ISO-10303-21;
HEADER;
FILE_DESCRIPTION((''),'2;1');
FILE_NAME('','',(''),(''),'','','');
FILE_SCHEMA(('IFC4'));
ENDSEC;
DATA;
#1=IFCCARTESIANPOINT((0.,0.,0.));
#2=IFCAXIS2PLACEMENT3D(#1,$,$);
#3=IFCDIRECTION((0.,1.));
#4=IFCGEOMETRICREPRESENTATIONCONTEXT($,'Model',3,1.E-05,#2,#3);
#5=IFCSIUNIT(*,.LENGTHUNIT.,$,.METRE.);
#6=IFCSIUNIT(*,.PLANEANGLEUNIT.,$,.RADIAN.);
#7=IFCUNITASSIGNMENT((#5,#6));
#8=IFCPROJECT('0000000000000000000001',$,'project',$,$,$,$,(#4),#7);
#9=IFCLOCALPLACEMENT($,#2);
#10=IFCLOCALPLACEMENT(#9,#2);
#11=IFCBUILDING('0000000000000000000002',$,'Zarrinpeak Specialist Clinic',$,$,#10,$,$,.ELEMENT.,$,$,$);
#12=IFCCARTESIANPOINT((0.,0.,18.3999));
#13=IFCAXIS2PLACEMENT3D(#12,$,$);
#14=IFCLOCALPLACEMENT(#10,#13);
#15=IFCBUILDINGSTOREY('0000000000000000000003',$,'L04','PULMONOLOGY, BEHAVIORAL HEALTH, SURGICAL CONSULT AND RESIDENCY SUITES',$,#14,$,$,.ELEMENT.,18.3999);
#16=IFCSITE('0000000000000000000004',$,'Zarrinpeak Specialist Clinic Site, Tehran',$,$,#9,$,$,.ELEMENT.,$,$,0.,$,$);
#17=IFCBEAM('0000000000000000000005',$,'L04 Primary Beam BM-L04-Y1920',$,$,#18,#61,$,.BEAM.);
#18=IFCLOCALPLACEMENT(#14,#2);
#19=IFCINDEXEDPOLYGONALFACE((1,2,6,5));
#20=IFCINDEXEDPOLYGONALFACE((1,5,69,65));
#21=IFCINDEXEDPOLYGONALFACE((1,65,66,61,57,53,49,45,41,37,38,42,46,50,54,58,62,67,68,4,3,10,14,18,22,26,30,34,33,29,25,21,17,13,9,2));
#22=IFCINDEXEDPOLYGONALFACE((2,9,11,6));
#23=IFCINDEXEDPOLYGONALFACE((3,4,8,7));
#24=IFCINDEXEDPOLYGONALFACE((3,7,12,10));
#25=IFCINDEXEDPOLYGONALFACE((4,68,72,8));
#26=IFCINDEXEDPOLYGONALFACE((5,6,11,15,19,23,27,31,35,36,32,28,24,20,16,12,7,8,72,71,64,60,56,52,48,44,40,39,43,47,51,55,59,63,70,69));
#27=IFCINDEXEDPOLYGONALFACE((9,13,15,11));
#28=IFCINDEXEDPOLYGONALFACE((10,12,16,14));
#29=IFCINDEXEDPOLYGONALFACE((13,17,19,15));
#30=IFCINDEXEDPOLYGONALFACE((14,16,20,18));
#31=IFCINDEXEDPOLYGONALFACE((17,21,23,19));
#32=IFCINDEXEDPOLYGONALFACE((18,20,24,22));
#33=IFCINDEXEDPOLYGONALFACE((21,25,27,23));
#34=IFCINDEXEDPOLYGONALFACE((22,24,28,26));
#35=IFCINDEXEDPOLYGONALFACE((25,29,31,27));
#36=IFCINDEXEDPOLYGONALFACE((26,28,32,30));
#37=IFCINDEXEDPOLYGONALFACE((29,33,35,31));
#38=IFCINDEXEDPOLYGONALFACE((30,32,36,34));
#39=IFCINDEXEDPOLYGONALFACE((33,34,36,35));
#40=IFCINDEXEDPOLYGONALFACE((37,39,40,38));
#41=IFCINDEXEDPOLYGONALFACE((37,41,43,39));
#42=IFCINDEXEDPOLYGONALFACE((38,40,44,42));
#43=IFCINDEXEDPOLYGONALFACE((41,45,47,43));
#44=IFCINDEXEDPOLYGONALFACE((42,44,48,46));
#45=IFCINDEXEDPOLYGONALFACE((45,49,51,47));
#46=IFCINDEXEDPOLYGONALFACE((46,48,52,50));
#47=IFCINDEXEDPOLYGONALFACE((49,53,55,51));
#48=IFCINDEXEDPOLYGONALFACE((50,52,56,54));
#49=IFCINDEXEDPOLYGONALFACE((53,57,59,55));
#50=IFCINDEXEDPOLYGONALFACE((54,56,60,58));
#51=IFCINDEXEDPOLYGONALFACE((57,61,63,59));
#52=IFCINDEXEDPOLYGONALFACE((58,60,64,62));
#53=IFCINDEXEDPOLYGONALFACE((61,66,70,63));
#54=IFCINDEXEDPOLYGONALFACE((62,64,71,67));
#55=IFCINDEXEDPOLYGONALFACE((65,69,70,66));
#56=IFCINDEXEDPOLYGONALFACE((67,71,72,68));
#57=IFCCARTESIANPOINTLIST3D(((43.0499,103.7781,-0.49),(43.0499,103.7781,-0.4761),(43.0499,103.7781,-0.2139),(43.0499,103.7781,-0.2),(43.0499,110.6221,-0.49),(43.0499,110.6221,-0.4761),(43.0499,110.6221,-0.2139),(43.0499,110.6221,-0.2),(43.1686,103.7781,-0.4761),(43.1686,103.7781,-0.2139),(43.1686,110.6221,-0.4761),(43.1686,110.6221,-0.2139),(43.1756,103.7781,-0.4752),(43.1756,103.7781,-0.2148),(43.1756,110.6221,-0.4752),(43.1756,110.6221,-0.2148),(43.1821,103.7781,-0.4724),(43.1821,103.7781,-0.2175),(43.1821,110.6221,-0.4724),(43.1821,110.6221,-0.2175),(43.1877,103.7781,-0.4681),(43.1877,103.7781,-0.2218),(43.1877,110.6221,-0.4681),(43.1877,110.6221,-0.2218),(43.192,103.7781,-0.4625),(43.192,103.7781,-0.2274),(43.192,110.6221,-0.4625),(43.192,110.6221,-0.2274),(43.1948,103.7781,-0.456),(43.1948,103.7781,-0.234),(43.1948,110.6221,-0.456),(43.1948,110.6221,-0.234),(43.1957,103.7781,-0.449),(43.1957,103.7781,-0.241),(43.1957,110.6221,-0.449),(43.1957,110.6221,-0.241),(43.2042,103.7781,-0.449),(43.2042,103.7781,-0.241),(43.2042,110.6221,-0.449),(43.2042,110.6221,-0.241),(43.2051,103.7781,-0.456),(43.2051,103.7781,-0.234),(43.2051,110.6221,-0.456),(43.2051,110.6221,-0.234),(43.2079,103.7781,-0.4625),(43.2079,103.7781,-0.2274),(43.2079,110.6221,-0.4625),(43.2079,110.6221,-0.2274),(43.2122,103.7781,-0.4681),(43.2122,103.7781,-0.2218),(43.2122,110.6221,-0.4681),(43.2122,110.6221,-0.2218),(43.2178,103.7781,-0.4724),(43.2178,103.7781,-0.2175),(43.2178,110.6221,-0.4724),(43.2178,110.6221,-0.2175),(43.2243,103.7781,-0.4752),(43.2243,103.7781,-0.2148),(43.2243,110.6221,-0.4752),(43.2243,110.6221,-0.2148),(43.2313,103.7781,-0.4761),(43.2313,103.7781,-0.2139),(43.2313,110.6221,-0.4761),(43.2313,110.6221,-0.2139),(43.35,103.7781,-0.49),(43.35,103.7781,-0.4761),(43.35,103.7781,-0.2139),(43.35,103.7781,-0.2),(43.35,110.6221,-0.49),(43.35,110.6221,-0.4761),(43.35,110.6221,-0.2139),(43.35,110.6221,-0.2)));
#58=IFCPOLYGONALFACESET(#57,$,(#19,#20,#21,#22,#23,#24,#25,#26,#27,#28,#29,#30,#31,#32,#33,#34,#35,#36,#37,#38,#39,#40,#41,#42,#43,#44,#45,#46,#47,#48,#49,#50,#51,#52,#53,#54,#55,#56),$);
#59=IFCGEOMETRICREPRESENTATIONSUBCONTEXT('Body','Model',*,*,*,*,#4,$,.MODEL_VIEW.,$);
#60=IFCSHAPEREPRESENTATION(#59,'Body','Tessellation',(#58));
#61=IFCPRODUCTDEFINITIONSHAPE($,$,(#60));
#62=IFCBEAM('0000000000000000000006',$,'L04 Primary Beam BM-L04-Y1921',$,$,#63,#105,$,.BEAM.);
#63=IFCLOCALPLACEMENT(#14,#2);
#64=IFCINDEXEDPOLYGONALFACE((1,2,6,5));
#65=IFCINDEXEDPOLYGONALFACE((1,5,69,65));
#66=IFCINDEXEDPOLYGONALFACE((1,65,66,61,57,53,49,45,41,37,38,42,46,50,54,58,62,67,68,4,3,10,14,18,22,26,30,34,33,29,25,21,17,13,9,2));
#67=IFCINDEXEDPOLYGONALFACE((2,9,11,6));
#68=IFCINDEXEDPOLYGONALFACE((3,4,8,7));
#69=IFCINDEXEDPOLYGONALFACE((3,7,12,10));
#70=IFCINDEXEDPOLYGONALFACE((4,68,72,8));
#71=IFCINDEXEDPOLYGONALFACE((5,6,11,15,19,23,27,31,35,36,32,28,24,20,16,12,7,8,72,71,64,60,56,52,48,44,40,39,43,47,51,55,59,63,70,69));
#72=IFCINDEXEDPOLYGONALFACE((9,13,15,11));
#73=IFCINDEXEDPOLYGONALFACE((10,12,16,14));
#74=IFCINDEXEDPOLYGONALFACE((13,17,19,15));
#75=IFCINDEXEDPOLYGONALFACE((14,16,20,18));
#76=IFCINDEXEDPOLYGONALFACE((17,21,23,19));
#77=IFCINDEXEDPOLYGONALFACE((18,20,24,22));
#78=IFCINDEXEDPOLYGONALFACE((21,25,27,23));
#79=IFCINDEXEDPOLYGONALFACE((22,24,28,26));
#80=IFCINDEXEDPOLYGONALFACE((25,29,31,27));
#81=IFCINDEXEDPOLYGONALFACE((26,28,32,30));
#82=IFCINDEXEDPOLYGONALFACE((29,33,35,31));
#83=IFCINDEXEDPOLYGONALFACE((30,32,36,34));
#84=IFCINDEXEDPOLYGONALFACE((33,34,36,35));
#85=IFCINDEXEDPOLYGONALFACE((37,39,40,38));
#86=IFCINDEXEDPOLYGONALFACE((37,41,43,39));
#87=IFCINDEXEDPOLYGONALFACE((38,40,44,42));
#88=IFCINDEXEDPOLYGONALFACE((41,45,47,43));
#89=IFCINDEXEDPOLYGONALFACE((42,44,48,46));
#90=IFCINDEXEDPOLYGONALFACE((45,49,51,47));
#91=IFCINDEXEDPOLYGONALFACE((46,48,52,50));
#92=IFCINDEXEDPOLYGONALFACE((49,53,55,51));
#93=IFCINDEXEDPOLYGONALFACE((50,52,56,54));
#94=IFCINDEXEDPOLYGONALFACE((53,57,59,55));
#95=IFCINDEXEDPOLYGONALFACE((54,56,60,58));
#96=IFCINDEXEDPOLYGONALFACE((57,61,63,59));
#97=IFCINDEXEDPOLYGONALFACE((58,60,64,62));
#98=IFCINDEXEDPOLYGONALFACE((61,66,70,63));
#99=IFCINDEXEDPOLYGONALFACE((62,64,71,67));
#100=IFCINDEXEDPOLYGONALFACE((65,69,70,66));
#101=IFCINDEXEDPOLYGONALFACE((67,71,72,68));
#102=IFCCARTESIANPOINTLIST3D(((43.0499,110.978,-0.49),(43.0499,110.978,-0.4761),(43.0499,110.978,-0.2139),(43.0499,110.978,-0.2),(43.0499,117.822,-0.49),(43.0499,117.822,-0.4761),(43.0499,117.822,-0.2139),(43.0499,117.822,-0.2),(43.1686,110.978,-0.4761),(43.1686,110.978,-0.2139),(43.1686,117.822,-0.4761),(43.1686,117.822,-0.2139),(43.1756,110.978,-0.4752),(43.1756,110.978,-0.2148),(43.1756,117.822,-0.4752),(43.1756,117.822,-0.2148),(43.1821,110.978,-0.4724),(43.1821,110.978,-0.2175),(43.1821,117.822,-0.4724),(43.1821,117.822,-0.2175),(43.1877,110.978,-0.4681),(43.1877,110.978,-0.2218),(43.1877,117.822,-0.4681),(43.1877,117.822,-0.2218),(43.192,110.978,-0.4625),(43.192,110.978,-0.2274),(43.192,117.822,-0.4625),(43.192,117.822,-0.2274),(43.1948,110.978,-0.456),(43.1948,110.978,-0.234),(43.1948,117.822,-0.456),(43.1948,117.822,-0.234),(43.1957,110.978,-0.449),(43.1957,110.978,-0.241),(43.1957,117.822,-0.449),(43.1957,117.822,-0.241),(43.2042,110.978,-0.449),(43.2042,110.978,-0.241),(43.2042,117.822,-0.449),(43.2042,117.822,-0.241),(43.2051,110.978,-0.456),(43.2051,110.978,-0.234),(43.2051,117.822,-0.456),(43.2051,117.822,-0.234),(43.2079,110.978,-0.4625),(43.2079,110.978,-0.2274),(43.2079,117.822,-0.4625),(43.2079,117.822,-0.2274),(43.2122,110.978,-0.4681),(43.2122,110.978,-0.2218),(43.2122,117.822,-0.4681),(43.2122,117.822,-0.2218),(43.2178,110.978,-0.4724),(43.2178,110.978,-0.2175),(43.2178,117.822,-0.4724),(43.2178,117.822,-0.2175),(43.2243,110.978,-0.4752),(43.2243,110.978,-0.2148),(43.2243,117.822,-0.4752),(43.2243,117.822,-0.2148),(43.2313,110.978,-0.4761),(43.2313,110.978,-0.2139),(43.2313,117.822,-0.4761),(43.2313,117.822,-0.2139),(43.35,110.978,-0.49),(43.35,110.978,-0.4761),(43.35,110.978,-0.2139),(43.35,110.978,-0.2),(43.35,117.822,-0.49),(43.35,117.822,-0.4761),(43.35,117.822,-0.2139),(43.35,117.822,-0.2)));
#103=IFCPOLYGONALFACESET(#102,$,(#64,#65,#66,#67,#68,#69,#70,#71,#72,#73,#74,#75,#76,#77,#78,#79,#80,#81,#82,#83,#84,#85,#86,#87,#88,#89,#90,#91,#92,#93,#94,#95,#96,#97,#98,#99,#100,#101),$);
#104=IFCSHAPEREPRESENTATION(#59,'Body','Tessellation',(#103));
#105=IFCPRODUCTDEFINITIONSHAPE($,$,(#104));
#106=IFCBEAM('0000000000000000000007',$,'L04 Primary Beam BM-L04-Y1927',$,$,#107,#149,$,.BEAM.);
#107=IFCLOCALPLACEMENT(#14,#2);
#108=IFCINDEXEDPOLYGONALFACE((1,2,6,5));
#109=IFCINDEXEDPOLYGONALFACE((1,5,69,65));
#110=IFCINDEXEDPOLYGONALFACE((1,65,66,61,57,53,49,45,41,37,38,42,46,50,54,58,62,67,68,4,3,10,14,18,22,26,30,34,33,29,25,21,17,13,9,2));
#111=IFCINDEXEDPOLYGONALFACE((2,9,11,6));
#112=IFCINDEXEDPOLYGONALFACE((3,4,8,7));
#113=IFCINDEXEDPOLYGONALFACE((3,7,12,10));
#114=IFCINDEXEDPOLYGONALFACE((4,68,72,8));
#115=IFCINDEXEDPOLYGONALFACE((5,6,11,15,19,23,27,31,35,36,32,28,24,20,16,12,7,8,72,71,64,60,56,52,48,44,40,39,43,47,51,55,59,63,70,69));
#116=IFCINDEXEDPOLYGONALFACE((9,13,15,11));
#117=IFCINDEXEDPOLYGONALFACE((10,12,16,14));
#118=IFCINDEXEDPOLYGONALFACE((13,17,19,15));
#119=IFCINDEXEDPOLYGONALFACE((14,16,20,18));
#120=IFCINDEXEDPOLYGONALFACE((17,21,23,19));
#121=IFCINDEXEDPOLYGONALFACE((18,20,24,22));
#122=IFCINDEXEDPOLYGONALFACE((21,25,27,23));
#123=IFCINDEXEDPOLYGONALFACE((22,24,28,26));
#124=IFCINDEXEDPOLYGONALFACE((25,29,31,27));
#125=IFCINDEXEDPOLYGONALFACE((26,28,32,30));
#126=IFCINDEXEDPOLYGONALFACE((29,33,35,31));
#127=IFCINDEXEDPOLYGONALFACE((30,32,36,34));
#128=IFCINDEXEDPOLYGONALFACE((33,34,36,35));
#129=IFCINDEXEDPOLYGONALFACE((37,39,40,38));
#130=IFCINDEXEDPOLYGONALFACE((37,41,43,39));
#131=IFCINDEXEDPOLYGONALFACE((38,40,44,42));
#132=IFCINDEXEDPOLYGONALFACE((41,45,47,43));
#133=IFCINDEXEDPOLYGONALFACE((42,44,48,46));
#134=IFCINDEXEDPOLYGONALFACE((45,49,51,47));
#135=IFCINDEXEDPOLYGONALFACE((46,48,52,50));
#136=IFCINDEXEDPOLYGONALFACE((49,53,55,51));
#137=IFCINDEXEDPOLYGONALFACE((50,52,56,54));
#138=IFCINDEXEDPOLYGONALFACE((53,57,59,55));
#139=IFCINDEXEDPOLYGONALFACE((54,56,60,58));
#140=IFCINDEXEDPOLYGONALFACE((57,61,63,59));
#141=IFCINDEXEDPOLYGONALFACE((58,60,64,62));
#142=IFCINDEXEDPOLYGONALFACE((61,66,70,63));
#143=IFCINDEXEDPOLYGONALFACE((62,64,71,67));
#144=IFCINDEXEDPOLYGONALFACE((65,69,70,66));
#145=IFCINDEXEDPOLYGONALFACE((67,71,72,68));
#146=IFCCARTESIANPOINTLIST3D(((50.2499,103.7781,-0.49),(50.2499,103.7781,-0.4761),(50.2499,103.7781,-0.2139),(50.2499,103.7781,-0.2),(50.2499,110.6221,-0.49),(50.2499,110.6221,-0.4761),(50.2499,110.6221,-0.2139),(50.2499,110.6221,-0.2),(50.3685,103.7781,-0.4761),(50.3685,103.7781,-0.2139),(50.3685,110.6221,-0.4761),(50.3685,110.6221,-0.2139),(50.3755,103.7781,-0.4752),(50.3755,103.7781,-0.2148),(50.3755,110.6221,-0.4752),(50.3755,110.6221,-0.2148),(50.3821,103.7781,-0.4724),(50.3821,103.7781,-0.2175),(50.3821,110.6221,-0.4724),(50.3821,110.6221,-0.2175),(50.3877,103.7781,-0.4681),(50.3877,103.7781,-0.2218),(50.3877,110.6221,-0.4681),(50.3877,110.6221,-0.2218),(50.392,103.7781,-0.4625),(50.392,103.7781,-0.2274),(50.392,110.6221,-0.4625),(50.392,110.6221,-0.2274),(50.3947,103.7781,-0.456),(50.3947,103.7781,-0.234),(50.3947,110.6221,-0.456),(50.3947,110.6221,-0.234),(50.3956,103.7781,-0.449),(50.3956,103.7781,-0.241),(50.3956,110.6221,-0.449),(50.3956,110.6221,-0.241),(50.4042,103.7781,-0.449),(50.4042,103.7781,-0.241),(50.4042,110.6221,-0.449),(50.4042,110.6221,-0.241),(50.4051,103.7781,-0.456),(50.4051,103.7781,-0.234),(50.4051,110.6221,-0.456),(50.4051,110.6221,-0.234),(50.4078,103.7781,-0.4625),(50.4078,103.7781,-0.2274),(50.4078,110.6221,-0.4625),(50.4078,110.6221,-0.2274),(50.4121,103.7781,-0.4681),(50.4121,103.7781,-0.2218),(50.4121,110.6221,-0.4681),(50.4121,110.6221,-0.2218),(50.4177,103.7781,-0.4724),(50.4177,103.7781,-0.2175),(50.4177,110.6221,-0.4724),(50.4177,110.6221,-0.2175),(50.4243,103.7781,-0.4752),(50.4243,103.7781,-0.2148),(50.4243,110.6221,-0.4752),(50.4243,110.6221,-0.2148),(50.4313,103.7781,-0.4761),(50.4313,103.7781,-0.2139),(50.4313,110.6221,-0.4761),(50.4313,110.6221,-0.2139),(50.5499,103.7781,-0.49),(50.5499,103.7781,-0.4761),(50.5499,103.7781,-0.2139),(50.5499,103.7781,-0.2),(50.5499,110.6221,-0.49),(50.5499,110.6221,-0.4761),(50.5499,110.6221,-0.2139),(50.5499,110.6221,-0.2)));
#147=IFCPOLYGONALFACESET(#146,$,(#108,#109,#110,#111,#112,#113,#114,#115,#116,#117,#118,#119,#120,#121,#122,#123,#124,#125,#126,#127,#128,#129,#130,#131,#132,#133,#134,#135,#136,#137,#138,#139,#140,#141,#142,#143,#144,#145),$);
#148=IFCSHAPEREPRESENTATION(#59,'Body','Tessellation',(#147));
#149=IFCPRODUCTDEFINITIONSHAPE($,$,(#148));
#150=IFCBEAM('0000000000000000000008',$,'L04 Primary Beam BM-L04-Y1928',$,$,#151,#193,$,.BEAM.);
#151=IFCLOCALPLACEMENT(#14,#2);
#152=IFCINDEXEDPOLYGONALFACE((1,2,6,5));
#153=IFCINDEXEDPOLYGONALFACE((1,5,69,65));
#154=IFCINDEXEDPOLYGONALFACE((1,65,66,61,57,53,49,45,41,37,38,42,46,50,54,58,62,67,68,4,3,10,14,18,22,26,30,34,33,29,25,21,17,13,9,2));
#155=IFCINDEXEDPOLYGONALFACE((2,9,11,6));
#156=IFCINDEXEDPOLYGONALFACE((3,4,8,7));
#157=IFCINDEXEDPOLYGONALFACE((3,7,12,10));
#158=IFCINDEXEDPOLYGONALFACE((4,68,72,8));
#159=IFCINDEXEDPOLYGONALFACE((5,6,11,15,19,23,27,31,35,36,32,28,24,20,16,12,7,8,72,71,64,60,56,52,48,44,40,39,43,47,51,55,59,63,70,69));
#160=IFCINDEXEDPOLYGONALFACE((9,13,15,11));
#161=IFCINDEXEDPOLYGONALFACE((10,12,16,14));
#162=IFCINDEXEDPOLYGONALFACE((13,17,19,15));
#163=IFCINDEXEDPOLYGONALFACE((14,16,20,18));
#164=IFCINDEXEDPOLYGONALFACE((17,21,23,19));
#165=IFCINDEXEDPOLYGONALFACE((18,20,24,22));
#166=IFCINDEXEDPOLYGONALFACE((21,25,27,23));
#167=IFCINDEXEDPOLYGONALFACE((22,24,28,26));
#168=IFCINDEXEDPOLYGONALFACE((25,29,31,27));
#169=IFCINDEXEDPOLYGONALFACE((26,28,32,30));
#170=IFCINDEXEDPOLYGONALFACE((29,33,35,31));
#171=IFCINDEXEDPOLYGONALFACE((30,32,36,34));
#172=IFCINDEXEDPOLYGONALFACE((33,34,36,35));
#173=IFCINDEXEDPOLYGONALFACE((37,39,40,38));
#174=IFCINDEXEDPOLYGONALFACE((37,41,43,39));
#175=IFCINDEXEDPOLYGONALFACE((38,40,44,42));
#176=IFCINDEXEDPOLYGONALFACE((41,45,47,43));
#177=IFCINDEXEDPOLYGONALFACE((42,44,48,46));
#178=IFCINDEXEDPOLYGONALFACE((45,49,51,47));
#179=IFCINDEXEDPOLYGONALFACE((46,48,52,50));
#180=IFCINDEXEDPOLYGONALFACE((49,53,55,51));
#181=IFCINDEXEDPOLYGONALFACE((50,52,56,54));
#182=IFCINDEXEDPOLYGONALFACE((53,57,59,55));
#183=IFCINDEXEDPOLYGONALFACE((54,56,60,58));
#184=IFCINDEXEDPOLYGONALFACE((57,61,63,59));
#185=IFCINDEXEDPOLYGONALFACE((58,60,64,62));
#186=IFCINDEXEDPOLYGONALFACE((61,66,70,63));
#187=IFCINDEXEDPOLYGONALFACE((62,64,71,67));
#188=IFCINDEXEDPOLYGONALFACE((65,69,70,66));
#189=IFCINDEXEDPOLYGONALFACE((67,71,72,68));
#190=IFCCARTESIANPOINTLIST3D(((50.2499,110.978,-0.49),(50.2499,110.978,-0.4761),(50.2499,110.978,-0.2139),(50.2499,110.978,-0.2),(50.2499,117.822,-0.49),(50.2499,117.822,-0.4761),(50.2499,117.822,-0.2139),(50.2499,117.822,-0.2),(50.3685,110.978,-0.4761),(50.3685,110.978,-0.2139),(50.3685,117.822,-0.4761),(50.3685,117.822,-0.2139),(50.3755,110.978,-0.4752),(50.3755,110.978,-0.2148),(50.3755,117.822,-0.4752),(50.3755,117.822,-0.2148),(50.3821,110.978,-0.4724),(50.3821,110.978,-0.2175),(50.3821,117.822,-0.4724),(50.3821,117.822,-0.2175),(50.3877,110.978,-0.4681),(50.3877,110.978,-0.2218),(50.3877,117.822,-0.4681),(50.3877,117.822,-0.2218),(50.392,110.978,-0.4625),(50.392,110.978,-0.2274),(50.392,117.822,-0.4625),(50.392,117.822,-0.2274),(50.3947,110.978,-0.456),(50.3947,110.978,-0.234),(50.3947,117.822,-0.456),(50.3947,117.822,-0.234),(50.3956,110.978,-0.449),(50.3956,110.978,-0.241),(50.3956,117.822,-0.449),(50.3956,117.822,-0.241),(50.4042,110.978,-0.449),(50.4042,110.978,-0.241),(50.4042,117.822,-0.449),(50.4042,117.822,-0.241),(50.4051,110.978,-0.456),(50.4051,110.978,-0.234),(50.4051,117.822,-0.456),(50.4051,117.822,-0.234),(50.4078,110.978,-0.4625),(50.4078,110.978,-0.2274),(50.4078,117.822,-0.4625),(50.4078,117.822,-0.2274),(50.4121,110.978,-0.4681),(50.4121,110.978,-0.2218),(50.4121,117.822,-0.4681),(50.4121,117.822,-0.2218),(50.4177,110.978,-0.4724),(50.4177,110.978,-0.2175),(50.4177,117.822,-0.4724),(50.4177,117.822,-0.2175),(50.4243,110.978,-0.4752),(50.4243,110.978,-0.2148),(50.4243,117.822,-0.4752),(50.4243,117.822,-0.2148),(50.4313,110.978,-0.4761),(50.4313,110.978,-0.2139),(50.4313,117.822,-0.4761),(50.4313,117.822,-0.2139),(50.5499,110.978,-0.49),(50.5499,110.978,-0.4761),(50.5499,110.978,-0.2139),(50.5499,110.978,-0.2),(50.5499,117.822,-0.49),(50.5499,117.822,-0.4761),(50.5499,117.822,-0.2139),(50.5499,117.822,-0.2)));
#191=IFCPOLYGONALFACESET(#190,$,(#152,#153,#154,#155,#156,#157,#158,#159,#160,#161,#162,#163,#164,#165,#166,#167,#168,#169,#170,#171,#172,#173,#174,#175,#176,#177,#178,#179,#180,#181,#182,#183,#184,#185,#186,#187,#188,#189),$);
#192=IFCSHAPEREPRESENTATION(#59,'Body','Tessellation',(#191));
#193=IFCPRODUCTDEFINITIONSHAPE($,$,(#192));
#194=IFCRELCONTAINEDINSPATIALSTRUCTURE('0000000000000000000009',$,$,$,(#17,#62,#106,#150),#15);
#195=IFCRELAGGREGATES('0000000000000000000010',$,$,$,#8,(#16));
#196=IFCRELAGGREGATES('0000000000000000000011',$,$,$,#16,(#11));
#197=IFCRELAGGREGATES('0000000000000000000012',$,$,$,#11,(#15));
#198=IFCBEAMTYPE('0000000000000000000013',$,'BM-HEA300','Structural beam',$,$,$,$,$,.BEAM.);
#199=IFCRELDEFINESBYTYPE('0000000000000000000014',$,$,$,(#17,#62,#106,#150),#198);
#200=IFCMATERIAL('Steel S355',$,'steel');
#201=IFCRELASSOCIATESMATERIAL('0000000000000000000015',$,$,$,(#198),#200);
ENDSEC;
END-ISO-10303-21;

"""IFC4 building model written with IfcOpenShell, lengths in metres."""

from ifc_helpers import new_model, si_unit, direction, frame, origin, origin_2d, place, context, subcontext, project, spatial, i_section, extrude, material, material_profile, profile_set, type_object, element, save


model = new_model("IFC4")

# Units and contexts
model_context = context("Model", 3, precision=1e-05, world=origin(), true_north=direction((0.0, 1.0)))
body_context = subcontext(model_context, "Body", "Model", "MODEL_VIEW")
ifc_project = project(units=[si_unit("LENGTHUNIT", "METRE"), si_unit("PLANEANGLEUNIT", "RADIAN")], contexts=[model_context])

# Site, building, storey
site_placement = place(None, origin())
site = spatial("IfcSite", under=ifc_project, at=site_placement, Name="Zarrinpeak Specialist Clinic Site, Tehran", CompositionType="ELEMENT", RefElevation=0.0)
building_placement = place(site_placement, origin())
building = spatial("IfcBuilding", under=site, at=building_placement, Name="Zarrinpeak Specialist Clinic", CompositionType="ELEMENT")
storey_placement = place(building_placement, frame((0.0, 0.0, 18.3999)))
storey = spatial("IfcBuildingStorey", under=building, at=storey_placement, Name="L04", Description="PULMONOLOGY, BEHAVIORAL HEALTH, SURGICAL CONSULT AND RESIDENCY SUITES", CompositionType="ELEMENT", Elevation=18.3999)

# Shared definitions
ifc_material_1 = material(Name="Steel S355", Category="steel")

# Beams
ifc_material_profile_1 = material_profile(ifc_material_1, i_section(OverallWidth=0.3, OverallDepth=0.29, WebThickness=0.0085, FlangeThickness=0.0139, FilletRadius=0.0271, at=origin_2d()), Name="HEA 300")
ifc_profile_set_1 = profile_set([ifc_material_profile_1], Name="Steel S355")
beam_type_1 = type_object("IfcBeamType", Name="BM-HEA300", Description="Structural beam", PredefinedType="BEAM", material=ifc_profile_set_1)
for number, where, z_axis, x_axis, name in (
    (1, (43.2, 103.7781, -0.345), (0.0, 1.0, 0.0), (-1.0, 0.0, 0.0), "L04 Primary Beam BM-L04-Y1920"),
    (2, (43.2, 110.978, -0.345), (0.0, 1.0, 0.0), (-1.0, 0.0, 0.0), "L04 Primary Beam BM-L04-Y1921"),
    (3, (50.3999, 103.7781, -0.345), (0.0, 1.0, 0.0), (-1.0, 0.0, 0.0), "L04 Primary Beam BM-L04-Y1927"),
    (4, (50.3999, 110.978, -0.345), (0.0, 1.0, 0.0), (-1.0, 0.0, 0.0), "L04 Primary Beam BM-L04-Y1928"),
):
    element("IfcBeam", number, at=place(storey_placement, frame(where, z_axis=z_axis, x_axis=x_axis)), inside=storey, type_object=beam_type_1, Name=name, PredefinedType="BEAM", context=body_context, shape_type="SweptSolid", body=[
        extrude(i_section(OverallWidth=0.3, OverallDepth=0.29, WebThickness=0.0085, FlangeThickness=0.0139, FilletRadius=0.0271, at=origin_2d()), origin(), (0.0, 0.0, 1.0), 6.844),
    ])

save(model, "model.ifc")
